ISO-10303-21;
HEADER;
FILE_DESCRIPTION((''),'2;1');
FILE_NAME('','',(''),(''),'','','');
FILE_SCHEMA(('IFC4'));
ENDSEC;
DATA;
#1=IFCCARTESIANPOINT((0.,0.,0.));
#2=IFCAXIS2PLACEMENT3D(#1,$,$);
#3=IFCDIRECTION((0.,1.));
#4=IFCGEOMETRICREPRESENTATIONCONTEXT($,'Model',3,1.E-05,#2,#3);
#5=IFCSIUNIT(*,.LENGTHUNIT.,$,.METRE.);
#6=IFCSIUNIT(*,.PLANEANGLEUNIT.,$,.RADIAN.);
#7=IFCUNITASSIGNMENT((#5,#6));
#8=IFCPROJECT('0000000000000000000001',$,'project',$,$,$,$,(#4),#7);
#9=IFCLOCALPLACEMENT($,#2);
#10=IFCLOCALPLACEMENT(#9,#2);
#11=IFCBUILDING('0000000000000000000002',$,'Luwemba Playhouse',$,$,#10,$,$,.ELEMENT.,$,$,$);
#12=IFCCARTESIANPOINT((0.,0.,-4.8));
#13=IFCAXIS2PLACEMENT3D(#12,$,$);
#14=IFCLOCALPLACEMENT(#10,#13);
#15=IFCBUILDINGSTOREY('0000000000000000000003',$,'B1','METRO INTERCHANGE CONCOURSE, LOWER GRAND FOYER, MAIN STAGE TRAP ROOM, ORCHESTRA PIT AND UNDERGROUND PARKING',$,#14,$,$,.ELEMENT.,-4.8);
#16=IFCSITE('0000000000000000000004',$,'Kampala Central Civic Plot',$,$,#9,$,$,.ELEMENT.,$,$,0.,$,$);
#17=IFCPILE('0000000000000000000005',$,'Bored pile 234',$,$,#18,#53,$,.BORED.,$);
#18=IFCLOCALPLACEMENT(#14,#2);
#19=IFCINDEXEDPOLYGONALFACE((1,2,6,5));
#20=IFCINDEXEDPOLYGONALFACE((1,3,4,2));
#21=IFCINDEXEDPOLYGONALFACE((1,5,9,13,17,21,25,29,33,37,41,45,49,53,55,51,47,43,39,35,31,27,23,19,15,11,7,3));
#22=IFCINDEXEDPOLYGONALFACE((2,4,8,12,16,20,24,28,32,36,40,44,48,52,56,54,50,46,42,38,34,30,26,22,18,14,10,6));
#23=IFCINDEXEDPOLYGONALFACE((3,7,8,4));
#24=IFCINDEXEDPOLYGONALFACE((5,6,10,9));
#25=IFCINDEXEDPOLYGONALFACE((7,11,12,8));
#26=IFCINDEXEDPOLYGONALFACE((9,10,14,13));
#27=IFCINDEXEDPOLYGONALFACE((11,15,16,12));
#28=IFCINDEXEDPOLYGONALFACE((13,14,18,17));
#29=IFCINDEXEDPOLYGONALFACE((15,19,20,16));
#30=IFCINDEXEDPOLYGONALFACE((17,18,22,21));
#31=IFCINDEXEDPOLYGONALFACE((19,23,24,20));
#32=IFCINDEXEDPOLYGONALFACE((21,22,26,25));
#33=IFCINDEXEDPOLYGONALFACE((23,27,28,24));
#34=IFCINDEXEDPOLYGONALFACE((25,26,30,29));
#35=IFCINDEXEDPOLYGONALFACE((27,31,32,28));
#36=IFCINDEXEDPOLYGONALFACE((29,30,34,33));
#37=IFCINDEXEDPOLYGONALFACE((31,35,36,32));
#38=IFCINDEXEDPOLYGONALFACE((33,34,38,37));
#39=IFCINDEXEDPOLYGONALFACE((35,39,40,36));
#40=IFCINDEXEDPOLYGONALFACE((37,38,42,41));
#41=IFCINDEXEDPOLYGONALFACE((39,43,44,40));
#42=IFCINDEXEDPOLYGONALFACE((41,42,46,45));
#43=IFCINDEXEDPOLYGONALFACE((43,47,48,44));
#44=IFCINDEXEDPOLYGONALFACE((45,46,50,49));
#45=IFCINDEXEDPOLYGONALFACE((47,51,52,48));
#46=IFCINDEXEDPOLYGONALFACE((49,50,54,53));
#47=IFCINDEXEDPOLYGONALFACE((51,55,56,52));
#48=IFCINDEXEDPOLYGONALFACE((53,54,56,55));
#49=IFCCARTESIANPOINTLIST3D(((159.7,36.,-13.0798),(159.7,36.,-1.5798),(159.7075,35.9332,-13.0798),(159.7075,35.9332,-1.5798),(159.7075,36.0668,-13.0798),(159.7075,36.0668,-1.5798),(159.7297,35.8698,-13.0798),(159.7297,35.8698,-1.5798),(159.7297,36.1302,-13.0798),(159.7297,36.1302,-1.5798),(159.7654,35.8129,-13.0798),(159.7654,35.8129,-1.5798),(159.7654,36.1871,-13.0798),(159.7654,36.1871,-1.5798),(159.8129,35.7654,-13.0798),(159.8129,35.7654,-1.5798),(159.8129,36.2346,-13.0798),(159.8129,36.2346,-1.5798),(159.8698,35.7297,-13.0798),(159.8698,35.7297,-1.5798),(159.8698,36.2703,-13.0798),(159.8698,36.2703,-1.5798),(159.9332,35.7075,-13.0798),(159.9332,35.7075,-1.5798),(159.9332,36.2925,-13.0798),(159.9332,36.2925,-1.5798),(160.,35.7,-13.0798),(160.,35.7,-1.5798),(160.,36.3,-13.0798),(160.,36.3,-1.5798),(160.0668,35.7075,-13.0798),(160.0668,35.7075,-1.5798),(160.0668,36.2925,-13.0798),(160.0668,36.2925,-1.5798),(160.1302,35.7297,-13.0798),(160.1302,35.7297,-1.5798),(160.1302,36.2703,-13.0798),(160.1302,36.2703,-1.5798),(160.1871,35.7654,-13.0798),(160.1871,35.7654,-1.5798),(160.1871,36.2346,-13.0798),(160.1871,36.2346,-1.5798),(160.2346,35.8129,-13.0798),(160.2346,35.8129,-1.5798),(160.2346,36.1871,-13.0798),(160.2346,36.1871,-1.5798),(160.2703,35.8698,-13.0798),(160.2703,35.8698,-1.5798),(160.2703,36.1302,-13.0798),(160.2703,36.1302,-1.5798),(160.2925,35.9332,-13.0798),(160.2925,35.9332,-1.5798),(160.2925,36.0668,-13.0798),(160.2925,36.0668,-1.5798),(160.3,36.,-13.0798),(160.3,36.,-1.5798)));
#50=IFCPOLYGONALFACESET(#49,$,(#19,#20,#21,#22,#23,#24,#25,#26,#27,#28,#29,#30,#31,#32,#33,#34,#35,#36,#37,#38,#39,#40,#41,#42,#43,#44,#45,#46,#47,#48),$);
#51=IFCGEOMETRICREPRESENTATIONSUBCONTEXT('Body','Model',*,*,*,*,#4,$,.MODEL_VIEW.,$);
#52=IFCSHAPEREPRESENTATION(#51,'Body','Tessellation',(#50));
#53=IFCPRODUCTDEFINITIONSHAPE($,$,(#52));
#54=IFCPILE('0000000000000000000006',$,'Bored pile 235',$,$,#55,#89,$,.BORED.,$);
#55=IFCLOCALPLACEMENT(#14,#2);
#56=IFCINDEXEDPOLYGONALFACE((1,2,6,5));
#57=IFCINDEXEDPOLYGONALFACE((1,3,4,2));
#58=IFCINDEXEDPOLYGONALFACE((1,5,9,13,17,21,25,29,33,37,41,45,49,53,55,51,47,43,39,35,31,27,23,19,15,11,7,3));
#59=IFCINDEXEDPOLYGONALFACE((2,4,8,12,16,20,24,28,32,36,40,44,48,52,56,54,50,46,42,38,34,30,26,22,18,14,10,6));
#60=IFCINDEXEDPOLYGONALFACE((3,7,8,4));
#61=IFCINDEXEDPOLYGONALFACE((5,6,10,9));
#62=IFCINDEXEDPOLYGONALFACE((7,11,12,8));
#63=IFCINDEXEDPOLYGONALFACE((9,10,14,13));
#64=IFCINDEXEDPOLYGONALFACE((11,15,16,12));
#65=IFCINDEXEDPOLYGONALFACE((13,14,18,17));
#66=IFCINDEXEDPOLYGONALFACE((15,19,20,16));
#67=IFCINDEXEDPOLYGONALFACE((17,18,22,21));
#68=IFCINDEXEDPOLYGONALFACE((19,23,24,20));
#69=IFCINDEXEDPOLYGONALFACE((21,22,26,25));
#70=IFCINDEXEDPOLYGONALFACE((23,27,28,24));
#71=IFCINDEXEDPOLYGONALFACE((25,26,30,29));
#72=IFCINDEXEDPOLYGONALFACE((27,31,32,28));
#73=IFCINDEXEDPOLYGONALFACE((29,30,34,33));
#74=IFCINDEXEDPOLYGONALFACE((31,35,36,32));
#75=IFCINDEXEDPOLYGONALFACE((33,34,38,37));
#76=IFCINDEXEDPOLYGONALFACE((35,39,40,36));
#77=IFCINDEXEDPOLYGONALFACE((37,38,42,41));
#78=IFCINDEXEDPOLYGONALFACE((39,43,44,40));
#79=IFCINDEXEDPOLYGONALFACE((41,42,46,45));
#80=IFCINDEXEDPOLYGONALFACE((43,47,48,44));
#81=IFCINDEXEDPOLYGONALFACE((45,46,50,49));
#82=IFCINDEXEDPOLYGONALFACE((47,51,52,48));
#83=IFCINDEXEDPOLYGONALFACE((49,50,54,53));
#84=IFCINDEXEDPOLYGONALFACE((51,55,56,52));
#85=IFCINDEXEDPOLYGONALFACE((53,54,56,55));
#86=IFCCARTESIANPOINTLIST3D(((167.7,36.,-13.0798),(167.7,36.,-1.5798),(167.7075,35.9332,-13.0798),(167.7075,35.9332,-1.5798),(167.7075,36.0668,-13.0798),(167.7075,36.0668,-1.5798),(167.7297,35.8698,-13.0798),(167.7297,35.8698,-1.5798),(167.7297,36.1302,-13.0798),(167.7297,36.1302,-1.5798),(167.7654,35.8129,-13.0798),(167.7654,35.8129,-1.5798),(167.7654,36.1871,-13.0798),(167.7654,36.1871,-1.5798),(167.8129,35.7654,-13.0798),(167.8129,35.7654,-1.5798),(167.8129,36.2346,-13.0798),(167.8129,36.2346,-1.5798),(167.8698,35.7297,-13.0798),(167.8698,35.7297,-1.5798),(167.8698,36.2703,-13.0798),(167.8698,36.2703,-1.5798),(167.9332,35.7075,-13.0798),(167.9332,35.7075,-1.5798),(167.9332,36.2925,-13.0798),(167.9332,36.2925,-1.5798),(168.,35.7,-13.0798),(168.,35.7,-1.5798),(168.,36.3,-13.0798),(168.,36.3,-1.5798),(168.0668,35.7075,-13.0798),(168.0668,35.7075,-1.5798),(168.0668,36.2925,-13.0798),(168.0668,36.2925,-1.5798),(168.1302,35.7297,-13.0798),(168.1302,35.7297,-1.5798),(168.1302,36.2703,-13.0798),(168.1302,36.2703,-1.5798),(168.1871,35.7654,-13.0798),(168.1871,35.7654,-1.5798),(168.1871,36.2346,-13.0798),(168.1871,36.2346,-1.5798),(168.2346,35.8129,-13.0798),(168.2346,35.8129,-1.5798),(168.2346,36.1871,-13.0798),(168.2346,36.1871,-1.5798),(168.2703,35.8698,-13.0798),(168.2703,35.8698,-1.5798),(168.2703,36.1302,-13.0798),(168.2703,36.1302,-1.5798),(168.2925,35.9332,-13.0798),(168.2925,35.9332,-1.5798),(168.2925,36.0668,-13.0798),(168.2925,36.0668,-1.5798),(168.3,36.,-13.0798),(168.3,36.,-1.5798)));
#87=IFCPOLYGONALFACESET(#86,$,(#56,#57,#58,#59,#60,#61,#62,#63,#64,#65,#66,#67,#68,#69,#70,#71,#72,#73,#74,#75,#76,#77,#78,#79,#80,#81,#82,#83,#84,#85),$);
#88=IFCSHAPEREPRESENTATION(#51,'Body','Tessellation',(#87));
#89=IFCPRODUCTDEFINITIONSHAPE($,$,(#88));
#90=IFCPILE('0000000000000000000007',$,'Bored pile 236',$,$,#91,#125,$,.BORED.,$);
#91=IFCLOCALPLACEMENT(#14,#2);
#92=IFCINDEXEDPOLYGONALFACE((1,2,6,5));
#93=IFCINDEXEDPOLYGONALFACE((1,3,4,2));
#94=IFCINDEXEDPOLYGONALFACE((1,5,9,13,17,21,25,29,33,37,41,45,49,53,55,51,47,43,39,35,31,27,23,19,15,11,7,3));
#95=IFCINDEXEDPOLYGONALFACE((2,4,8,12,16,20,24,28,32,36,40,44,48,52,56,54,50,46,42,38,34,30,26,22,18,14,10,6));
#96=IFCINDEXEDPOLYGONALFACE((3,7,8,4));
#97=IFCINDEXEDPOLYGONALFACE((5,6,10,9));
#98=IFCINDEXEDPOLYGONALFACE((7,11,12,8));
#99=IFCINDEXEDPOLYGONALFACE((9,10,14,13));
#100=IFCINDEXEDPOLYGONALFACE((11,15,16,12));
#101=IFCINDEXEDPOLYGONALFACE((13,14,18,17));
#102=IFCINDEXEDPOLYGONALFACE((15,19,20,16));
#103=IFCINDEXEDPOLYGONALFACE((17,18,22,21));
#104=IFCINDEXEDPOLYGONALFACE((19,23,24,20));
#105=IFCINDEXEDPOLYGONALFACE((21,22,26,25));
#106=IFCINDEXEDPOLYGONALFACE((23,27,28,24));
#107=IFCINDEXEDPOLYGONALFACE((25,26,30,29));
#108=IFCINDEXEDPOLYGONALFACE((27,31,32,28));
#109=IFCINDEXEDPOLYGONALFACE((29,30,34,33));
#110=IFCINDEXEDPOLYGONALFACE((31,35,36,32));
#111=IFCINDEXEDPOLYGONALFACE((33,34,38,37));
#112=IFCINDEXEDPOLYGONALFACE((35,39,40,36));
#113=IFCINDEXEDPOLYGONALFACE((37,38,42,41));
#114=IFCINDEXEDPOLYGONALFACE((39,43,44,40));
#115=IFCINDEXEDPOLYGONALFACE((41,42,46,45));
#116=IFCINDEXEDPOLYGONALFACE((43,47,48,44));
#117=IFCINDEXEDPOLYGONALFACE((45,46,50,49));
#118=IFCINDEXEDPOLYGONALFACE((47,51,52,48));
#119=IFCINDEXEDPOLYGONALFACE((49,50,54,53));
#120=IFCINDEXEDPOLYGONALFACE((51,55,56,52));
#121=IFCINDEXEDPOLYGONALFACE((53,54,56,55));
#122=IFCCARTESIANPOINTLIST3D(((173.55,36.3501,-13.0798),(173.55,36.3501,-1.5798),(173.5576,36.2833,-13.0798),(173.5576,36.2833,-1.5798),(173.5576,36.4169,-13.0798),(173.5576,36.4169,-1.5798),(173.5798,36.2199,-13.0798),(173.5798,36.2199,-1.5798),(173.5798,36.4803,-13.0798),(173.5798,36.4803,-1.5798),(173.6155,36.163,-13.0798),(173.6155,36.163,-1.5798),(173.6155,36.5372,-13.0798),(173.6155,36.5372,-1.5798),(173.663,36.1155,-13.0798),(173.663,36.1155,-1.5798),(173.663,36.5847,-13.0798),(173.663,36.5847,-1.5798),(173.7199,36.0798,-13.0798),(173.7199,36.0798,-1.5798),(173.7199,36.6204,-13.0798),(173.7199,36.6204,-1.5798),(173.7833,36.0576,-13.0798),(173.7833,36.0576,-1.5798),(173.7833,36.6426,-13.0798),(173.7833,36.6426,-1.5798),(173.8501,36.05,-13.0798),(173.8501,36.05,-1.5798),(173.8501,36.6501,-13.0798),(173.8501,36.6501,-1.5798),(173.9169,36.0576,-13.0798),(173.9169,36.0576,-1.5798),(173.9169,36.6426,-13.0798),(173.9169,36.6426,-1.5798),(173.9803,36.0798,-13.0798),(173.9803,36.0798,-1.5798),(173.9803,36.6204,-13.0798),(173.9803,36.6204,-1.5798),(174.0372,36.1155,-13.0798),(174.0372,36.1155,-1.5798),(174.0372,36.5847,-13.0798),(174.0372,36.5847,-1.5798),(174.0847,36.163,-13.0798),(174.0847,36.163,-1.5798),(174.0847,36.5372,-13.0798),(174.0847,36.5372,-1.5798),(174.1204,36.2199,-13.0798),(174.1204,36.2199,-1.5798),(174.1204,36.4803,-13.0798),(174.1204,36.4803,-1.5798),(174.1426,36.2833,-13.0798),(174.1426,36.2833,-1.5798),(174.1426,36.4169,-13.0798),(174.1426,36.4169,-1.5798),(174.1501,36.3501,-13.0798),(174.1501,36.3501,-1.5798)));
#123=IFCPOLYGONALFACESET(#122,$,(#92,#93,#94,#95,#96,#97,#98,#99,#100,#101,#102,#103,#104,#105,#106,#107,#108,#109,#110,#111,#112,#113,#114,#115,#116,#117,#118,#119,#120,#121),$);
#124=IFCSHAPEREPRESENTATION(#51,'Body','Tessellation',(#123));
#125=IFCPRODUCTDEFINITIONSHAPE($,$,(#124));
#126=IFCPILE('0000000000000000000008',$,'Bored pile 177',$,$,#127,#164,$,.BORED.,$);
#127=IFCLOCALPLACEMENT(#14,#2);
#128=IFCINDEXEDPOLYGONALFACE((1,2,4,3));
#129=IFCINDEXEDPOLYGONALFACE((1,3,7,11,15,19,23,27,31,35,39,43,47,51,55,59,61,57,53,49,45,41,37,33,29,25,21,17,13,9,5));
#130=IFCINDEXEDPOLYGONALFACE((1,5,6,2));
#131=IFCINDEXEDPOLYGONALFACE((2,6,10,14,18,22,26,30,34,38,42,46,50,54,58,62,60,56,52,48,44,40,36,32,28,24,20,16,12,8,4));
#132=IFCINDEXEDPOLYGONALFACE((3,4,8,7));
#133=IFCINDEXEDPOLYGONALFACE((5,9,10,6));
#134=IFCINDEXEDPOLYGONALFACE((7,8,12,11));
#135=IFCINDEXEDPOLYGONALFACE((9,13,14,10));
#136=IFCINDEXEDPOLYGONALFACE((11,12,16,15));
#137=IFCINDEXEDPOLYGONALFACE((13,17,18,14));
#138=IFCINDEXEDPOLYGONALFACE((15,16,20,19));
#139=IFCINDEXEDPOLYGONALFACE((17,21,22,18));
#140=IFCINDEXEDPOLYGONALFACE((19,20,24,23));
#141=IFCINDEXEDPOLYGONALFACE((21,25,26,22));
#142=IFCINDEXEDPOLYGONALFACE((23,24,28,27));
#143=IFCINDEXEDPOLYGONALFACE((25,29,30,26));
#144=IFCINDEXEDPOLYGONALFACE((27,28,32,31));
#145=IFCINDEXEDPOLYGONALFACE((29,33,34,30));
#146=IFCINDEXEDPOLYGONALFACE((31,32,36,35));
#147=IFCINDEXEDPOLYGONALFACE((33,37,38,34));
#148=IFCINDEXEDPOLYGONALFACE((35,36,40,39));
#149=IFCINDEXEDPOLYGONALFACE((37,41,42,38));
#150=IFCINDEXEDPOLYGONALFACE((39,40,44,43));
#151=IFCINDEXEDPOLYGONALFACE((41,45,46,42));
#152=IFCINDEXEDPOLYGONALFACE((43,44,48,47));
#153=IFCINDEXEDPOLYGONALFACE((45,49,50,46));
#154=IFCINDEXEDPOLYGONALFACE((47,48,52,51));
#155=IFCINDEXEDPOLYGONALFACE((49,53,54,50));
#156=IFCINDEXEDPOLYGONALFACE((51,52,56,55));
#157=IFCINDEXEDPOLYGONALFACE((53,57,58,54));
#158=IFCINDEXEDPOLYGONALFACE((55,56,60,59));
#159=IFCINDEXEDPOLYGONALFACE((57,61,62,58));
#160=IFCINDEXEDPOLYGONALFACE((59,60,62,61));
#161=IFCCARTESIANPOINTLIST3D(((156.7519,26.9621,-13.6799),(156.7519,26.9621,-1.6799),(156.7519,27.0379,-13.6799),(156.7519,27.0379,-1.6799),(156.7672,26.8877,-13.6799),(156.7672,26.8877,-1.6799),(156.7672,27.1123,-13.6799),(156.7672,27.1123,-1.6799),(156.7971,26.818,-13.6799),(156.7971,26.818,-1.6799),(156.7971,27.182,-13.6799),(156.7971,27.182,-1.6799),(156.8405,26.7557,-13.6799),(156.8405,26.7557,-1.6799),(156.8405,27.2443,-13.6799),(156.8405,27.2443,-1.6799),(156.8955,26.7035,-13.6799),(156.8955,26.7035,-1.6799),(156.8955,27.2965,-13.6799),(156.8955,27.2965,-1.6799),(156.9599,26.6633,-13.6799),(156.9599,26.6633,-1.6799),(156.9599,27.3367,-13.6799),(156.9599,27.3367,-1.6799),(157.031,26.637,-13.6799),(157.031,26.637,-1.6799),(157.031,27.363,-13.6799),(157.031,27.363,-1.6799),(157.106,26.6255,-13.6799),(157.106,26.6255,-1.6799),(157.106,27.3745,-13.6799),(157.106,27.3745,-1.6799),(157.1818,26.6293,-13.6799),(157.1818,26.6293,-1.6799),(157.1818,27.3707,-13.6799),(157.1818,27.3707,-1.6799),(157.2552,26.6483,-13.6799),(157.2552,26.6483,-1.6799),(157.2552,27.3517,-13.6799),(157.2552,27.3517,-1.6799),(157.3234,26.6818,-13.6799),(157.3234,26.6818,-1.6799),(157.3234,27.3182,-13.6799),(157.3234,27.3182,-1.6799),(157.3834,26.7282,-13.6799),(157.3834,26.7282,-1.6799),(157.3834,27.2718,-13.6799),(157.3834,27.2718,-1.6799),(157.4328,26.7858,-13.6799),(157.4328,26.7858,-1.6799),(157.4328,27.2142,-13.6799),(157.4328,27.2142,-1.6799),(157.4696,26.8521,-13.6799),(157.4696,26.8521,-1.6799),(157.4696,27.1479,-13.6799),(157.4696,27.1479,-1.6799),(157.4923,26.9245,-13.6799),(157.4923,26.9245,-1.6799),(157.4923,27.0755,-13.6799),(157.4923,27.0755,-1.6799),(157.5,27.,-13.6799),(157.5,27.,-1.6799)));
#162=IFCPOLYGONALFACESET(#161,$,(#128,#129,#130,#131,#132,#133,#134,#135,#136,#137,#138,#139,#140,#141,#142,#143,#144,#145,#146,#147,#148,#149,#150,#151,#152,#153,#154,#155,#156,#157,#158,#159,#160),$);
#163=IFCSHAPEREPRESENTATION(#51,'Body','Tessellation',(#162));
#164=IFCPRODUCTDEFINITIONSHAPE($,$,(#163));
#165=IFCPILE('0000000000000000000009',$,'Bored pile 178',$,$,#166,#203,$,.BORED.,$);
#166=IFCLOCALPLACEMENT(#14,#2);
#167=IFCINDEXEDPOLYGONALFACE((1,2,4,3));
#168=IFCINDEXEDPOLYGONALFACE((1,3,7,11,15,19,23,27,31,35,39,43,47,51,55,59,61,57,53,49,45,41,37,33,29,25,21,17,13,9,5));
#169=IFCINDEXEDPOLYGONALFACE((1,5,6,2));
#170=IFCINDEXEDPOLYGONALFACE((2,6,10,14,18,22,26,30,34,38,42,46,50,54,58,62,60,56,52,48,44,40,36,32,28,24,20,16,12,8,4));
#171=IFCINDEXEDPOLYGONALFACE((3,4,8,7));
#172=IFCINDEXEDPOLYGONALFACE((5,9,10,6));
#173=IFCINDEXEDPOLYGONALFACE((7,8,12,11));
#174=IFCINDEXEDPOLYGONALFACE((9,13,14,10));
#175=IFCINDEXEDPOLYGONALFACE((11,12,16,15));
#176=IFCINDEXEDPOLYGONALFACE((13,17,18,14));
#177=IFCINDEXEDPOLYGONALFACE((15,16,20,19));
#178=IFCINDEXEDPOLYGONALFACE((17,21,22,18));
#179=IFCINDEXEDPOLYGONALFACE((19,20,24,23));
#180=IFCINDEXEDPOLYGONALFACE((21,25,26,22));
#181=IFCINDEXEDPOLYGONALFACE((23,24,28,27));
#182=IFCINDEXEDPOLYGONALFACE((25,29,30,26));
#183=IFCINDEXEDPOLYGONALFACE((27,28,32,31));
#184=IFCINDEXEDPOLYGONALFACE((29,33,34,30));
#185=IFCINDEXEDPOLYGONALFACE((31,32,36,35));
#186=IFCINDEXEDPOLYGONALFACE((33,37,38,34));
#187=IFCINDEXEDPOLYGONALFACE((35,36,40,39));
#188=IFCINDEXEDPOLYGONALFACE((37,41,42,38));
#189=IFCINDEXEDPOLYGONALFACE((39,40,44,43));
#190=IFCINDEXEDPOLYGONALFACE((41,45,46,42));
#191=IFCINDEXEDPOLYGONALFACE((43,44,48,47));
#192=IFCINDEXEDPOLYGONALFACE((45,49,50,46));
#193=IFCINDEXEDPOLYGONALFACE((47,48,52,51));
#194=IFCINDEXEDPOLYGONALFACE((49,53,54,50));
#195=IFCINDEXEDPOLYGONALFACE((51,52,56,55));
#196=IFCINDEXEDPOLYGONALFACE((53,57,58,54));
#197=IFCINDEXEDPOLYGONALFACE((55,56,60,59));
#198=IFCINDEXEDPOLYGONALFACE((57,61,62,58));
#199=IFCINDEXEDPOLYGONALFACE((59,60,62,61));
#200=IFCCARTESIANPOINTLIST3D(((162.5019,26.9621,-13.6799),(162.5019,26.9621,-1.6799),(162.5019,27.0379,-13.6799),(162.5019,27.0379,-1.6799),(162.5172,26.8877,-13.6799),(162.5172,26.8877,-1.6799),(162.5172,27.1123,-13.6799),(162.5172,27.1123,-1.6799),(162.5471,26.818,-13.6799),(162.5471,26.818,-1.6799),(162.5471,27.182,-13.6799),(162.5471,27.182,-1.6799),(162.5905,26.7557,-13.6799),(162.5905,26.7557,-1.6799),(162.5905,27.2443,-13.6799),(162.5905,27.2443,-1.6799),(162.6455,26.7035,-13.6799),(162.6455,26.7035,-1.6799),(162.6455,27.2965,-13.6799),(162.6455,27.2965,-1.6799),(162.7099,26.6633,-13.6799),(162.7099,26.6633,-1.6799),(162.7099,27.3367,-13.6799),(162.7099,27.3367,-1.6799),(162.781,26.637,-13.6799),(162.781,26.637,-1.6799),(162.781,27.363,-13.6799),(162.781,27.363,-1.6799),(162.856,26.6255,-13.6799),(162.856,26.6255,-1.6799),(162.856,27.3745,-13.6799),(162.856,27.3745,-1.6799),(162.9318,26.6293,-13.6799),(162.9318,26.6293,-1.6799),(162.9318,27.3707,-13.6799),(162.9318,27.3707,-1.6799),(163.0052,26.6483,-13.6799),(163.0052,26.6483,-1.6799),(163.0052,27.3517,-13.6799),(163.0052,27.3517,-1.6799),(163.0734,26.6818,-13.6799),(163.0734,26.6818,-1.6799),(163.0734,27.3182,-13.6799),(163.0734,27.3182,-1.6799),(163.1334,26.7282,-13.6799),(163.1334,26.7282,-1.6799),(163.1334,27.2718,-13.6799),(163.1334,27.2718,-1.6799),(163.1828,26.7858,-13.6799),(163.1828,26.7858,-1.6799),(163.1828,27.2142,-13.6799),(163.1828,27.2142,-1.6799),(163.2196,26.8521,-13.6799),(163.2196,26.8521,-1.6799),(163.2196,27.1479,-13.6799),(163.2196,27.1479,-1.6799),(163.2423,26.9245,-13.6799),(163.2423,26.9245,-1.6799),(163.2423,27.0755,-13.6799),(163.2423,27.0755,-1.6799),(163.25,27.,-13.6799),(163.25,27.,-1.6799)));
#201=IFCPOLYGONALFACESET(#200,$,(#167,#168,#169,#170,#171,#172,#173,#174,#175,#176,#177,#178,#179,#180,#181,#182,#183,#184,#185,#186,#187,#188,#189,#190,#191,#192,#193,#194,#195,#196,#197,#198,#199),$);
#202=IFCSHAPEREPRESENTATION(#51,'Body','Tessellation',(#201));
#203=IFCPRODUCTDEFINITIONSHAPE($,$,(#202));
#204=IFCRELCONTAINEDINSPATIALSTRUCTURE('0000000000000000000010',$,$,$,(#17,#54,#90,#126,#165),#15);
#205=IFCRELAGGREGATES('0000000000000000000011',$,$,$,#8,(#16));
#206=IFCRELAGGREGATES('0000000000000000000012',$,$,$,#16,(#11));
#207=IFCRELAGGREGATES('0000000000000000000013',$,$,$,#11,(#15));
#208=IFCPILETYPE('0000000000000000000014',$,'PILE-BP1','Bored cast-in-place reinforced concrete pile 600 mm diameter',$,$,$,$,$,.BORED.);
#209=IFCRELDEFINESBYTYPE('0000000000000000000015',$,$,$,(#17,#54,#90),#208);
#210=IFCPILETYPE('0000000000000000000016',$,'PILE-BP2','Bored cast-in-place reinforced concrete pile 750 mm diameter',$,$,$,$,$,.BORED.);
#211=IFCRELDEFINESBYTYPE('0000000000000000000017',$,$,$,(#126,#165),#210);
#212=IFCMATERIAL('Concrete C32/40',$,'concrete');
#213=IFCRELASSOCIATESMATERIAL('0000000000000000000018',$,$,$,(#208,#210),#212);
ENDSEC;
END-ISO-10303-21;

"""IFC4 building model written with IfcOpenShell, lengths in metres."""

from ifc_helpers import new_model, si_unit, direction, frame, origin, origin_2d, place, context, subcontext, project, spatial, circle, extrude, material, material_profile, profile_set, type_object, element, save


model = new_model("IFC4")

# Units and contexts
model_context = context("Model", 3, precision=1e-05, world=origin(), true_north=direction((0.0, 1.0)))
body_context = subcontext(model_context, "Body", "Model", "MODEL_VIEW")
ifc_project = project(units=[si_unit("LENGTHUNIT", "METRE"), si_unit("PLANEANGLEUNIT", "RADIAN")], contexts=[model_context])

# Site, building, storey
site_placement = place(None, origin())
site = spatial("IfcSite", under=ifc_project, at=site_placement, Name="Kampala Central Civic Plot", CompositionType="ELEMENT", RefElevation=0.0)
building_placement = place(site_placement, origin())
building = spatial("IfcBuilding", under=site, at=building_placement, Name="Luwemba Playhouse", CompositionType="ELEMENT")
storey_placement = place(building_placement, frame((0.0, 0.0, -4.8)))
storey = spatial("IfcBuildingStorey", under=building, at=storey_placement, Name="B1", Description="METRO INTERCHANGE CONCOURSE, LOWER GRAND FOYER, MAIN STAGE TRAP ROOM, ORCHESTRA PIT AND UNDERGROUND PARKING", CompositionType="ELEMENT", Elevation=-4.8)

# Shared definitions
ifc_material_1 = material(Name="Concrete C32/40", Category="concrete")

# Piles
ifc_material_profile_1 = material_profile(ifc_material_1, circle(Radius=0.3, at=origin_2d()))
ifc_profile_set_1 = profile_set([ifc_material_profile_1], Name="Concrete C32/40")
pile_type_1 = type_object("IfcPileType", Name="PILE-BP1", Description="Bored cast-in-place reinforced concrete pile 600 mm diameter", PredefinedType="BORED", material=ifc_profile_set_1)
for number, where, z_axis, x_axis, name in (
    (1, (160.0, 36.0, -1.5798), (0.0, 0.0, -1.0), (1.0, 0.0, 0.0), "Bored pile 234"),
    (2, (168.0, 36.0, -1.5798), (0.0, 0.0, -1.0), (1.0, 0.0, 0.0), "Bored pile 235"),
    (3, (173.8501, 36.3501, -1.5798), (0.0, 0.0, -1.0), (1.0, 0.0, 0.0), "Bored pile 236"),
):
    element("IfcPile", number, at=place(storey_placement, frame(where, z_axis=z_axis, x_axis=x_axis)), inside=storey, type_object=pile_type_1, Name=name, PredefinedType="BORED", context=body_context, shape_type="SweptSolid", body=[
        extrude(circle(Radius=0.3, at=origin_2d()), origin(), (0.0, 0.0, 1.0), 11.5),
    ])
ifc_material_profile_2 = material_profile(ifc_material_1, circle(Radius=0.375, at=origin_2d()))
ifc_profile_set_2 = profile_set([ifc_material_profile_2], Name="Concrete C32/40")
pile_type_2 = type_object("IfcPileType", Name="PILE-BP2", Description="Bored cast-in-place reinforced concrete pile 750 mm diameter", PredefinedType="BORED", material=ifc_profile_set_2)
for number, where, z_axis, x_axis, name in (
    (4, (157.125, 27.0, -1.6799), (0.0, 0.0, -1.0), (1.0, 0.0, 0.0), "Bored pile 177"),
    (5, (162.875, 27.0, -1.6799), (0.0, 0.0, -1.0), (1.0, 0.0, 0.0), "Bored pile 178"),
):
    element("IfcPile", number, at=place(storey_placement, frame(where, z_axis=z_axis, x_axis=x_axis)), inside=storey, type_object=pile_type_2, Name=name, PredefinedType="BORED", context=body_context, shape_type="SweptSolid", body=[
        extrude(circle(Radius=0.375, at=origin_2d()), origin(), (0.0, 0.0, 1.0), 12.0),
    ])

save(model, "model.ifc")
